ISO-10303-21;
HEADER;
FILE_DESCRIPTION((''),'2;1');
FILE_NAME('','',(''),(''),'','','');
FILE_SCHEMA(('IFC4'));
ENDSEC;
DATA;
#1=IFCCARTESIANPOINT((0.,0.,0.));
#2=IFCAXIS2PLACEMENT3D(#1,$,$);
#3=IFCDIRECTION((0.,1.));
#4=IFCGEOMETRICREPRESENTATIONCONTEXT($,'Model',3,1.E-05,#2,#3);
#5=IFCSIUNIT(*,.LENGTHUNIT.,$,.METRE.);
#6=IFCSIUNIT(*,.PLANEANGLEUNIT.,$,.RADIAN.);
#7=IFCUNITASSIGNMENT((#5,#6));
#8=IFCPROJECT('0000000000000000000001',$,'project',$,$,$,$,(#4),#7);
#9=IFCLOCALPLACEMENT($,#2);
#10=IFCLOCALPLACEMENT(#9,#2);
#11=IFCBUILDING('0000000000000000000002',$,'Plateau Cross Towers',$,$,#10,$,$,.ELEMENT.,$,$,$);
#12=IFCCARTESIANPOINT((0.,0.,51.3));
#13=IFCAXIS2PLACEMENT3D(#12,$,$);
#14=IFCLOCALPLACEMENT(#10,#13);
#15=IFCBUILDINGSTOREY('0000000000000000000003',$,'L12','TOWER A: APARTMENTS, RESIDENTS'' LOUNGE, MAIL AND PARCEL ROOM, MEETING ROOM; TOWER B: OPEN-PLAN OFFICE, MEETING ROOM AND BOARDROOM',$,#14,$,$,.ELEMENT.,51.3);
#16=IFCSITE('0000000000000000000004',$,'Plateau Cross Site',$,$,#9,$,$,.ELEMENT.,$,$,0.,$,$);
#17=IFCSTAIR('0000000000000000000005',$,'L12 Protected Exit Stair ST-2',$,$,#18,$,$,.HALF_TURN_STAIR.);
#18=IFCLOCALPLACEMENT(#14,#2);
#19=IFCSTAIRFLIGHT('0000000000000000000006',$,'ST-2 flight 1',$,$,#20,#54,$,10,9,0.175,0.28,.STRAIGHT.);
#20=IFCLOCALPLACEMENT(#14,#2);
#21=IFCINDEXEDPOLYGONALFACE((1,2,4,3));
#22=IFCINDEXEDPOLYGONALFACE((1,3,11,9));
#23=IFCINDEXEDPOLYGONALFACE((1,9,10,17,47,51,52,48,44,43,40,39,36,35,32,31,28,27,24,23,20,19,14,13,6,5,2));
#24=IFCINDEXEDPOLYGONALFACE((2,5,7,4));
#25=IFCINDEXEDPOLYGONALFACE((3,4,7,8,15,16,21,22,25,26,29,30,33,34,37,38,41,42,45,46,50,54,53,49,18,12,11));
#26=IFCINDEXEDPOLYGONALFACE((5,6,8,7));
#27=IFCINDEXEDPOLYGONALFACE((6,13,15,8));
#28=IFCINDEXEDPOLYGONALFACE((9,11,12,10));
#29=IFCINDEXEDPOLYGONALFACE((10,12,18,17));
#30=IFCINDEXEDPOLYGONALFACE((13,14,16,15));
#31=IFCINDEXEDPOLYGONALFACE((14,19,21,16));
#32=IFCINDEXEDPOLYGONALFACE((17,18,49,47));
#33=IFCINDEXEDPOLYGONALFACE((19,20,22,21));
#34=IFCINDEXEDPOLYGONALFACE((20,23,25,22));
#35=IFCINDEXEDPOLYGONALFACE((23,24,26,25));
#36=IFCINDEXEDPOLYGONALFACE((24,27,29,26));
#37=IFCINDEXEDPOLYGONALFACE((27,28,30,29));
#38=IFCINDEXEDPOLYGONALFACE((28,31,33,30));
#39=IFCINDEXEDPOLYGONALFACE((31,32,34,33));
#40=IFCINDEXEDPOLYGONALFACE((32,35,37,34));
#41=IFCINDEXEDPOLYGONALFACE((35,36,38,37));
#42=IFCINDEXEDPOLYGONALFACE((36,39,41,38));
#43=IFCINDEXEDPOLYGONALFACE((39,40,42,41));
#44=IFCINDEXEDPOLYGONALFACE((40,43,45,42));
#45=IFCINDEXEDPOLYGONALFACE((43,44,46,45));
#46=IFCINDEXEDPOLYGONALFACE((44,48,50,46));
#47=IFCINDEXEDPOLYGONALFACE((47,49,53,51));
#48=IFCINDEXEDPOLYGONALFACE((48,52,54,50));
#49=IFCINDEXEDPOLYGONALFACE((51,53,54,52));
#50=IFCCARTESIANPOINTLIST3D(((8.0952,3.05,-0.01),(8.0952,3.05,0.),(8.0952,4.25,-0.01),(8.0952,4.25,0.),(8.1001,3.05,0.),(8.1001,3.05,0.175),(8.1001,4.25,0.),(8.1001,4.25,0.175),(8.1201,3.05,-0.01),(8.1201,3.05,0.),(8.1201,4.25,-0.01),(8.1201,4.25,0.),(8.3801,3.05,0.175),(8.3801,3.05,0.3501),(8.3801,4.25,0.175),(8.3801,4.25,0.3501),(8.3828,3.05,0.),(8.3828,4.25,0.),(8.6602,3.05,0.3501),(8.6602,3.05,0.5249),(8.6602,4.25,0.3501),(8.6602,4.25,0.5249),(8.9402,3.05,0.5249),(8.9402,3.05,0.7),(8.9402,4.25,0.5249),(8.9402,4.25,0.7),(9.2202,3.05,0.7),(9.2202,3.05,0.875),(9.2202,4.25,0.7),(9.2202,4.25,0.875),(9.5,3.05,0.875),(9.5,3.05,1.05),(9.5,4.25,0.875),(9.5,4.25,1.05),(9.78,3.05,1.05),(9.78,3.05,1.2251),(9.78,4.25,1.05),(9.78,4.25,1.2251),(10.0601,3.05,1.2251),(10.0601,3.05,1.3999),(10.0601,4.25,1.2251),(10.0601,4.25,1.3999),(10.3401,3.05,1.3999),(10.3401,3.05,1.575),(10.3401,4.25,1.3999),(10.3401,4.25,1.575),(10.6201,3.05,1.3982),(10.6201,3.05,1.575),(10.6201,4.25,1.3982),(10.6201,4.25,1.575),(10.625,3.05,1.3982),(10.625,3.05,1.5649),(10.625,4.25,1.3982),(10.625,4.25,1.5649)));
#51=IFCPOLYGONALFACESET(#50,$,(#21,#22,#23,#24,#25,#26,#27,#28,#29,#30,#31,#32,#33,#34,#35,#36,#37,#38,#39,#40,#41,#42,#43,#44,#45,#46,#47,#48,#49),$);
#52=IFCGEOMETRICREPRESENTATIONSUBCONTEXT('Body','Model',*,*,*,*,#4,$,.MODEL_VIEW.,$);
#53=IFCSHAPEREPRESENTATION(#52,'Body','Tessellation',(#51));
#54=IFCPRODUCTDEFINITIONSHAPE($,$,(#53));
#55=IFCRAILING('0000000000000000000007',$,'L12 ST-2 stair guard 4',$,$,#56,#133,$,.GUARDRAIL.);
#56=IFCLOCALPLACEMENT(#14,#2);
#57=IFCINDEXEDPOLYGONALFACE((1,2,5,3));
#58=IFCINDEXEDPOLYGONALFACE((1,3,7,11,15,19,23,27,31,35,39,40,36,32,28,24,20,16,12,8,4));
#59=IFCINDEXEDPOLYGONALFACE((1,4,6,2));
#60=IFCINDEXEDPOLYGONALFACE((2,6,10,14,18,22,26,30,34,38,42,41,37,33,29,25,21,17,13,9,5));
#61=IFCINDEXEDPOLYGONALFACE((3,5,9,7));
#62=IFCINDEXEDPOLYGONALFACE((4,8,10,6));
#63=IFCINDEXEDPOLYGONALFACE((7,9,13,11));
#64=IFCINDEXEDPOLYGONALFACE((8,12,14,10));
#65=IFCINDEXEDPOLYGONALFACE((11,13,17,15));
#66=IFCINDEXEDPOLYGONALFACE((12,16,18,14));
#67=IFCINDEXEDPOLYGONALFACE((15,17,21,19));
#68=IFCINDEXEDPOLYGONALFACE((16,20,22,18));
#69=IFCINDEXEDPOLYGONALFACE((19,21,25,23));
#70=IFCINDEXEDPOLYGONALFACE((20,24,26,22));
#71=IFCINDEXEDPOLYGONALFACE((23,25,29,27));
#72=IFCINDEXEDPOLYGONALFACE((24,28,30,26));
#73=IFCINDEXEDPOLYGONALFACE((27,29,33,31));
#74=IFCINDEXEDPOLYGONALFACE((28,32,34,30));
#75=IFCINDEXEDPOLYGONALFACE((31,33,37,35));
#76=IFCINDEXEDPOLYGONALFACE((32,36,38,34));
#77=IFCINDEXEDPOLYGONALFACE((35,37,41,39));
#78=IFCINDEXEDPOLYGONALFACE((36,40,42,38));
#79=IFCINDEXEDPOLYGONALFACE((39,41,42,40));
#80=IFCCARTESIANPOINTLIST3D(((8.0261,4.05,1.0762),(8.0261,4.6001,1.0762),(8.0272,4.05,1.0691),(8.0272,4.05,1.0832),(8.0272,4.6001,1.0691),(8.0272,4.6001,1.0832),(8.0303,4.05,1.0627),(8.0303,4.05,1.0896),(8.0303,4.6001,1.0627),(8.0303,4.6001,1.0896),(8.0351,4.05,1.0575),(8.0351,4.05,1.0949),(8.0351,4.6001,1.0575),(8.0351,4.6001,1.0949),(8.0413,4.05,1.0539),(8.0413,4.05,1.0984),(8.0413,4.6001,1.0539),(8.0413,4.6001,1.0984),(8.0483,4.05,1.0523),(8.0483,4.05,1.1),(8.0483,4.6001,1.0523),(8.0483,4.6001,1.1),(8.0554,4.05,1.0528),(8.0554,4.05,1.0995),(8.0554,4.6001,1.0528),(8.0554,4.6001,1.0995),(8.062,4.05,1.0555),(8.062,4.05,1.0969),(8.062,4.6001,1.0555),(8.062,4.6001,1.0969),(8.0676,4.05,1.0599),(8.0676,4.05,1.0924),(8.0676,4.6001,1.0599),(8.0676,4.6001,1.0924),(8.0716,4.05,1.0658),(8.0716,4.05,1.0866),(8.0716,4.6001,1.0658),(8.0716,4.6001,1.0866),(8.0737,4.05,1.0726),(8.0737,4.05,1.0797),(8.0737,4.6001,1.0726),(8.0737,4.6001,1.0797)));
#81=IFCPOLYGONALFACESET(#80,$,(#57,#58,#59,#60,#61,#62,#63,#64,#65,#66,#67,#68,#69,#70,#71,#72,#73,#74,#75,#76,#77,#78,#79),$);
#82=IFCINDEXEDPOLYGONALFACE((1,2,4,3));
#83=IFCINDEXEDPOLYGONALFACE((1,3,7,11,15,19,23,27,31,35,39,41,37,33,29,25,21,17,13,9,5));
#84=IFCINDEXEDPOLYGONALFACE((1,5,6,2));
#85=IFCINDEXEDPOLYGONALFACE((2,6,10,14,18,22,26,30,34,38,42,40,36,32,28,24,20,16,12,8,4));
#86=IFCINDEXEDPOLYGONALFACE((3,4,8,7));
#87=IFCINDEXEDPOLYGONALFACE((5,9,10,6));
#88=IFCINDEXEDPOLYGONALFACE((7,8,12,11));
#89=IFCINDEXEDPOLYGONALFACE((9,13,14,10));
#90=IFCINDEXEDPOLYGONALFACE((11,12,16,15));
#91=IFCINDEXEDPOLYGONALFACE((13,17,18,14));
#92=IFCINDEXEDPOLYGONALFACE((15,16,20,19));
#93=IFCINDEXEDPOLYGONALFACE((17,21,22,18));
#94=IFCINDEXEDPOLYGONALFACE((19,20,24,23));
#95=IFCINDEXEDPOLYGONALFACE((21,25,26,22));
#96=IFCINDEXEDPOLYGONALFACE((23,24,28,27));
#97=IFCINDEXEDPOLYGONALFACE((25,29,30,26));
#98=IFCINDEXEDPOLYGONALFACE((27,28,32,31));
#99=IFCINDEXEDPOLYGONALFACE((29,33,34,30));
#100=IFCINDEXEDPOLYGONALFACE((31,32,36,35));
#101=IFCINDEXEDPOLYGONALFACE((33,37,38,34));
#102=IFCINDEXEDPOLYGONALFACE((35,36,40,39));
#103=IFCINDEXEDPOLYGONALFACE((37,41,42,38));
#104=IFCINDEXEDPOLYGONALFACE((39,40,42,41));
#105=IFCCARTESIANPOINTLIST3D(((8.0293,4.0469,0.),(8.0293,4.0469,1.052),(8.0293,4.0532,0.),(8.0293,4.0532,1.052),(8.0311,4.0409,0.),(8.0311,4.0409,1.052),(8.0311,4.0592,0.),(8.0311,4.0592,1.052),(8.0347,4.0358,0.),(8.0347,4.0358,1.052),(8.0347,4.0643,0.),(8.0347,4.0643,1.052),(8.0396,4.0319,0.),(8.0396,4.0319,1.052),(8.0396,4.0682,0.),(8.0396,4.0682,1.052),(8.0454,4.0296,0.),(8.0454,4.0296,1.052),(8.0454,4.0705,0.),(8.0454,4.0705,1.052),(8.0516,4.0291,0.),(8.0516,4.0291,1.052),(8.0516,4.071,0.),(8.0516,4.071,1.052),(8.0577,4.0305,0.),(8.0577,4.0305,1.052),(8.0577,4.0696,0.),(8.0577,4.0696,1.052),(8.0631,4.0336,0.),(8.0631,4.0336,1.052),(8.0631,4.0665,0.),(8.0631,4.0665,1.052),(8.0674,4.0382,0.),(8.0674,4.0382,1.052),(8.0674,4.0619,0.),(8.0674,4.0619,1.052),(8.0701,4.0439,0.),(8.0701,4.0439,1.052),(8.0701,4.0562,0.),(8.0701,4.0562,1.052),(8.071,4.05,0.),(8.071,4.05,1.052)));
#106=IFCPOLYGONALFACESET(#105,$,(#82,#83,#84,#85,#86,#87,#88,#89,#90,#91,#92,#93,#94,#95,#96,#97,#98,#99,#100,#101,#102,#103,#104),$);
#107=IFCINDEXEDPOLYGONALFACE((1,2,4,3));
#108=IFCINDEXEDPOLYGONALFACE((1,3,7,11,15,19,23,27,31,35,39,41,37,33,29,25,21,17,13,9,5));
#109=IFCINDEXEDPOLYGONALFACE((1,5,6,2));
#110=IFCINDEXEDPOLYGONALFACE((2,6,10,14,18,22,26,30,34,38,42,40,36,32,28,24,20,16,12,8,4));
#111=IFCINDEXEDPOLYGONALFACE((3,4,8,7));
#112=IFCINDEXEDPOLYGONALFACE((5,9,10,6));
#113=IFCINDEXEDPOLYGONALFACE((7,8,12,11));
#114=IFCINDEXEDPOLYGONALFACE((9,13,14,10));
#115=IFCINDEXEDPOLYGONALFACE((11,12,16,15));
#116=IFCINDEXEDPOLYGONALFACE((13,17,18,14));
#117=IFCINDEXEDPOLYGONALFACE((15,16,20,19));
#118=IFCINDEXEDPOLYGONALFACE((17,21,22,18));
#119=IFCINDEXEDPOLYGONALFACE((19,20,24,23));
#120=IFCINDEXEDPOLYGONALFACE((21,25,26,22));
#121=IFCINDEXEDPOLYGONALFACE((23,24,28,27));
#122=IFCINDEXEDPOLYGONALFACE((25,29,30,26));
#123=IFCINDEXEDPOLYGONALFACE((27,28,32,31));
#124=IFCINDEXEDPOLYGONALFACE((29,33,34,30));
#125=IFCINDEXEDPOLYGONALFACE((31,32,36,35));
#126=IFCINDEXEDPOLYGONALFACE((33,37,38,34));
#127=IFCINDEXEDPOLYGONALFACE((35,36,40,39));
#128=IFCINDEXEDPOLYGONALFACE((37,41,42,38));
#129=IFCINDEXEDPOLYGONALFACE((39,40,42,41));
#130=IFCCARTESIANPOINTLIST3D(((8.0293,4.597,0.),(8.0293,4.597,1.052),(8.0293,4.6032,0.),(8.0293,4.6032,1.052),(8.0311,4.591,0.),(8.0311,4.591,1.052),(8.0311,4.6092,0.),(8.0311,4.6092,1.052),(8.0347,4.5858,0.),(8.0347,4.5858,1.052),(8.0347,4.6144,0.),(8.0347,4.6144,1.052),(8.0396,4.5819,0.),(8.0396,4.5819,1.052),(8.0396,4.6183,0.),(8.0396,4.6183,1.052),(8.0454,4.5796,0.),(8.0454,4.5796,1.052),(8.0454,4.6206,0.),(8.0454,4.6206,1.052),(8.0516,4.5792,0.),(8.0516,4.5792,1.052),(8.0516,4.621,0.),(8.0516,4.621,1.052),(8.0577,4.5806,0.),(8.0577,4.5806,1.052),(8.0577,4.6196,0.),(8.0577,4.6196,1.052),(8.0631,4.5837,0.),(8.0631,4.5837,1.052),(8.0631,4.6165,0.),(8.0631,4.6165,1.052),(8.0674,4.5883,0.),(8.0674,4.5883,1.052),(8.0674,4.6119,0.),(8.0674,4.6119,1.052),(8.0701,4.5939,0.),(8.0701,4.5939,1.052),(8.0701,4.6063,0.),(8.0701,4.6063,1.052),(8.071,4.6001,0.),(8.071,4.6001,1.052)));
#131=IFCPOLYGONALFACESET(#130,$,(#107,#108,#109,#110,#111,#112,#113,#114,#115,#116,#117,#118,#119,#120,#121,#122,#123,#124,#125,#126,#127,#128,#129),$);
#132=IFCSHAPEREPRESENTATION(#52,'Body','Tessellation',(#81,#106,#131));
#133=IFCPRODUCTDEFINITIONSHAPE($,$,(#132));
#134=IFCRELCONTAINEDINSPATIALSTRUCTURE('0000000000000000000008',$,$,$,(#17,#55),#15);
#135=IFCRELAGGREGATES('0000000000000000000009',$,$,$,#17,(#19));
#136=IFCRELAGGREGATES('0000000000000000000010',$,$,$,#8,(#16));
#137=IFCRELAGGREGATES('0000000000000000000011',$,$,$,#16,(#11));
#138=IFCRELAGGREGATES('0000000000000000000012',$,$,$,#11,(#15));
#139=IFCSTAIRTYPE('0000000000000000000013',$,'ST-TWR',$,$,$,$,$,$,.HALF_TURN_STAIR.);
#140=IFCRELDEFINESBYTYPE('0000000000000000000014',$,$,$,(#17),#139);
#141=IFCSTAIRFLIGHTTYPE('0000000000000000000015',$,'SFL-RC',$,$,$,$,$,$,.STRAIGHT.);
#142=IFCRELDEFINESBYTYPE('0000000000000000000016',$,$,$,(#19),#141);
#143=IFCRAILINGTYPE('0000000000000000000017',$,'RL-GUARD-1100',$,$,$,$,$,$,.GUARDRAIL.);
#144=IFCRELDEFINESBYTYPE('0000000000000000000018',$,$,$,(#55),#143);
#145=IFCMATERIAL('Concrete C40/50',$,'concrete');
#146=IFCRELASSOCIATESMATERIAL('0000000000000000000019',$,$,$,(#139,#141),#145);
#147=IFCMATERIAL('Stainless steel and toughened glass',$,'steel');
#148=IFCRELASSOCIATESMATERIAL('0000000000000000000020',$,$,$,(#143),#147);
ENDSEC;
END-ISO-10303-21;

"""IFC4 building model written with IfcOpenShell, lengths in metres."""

from ifc_helpers import new_model, si_unit, direction, frame, origin, origin_2d, place, context, subcontext, project, spatial, polyline, circle, outline, extrude, material, type_object, element, aggregate, save


model = new_model("IFC4")

# Units and contexts
model_context = context("Model", 3, precision=1e-05, world=origin(), true_north=direction((0.0, 1.0)))
body_context = subcontext(model_context, "Body", "Model", "MODEL_VIEW")
ifc_project = project(units=[si_unit("LENGTHUNIT", "METRE"), si_unit("PLANEANGLEUNIT", "RADIAN")], contexts=[model_context])

# Site, building, storey
site_placement = place(None, origin())
site = spatial("IfcSite", under=ifc_project, at=site_placement, Name="Plateau Cross Site", CompositionType="ELEMENT", RefElevation=0.0)
building_placement = place(site_placement, origin())
building = spatial("IfcBuilding", under=site, at=building_placement, Name="Plateau Cross Towers", CompositionType="ELEMENT")
storey_placement = place(building_placement, frame((0.0, 0.0, 51.3)))
storey = spatial("IfcBuildingStorey", under=building, at=storey_placement, Name="L12", Description="TOWER A: APARTMENTS, RESIDENTS' LOUNGE, MAIL AND PARCEL ROOM, MEETING ROOM; TOWER B: OPEN-PLAN OFFICE, MEETING ROOM AND BOARDROOM", CompositionType="ELEMENT", Elevation=51.3)

# Stair, stair flight
ifc_material_1 = material(Name="Concrete C40/50", Category="concrete")
stair_type = type_object("IfcStairType", Name="ST-TWR", PredefinedType="HALF_TURN_STAIR", material=ifc_material_1)
stair_placement = place(storey_placement, origin())
stair = element("IfcStair", 1, at=stair_placement, inside=storey, type_object=stair_type, Name="L12 Protected Exit Stair ST-2", PredefinedType="HALF_TURN_STAIR")
stair_flight_type = type_object("IfcStairFlightType", Name="SFL-RC", PredefinedType="STRAIGHT", material=ifc_material_1)
stair_flight_placement = place(storey_placement, frame((8.1001, 3.6499, 0.0), z_axis=(0.0, 0.0, 1.0), x_axis=(1.0, 0.0, 0.0)))
stair_flight = element("IfcStairFlight", 2, at=stair_flight_placement, type_object=stair_flight_type, Name="ST-2 flight 1", NumberOfRisers=10, NumberOfTreads=9, PredefinedType="STRAIGHT", RiserHeight=0.175, TreadLength=0.28, context=body_context, shape_type="SweptSolid", body=[
    extrude(outline(polyline([(-0.0049, -0.01), (-0.0049, 0.0), (0.0, 0.0), (0.0, 0.175), (0.28, 0.175), (0.28, 0.3501), (0.5601, 0.3501), (0.5601, 0.5249), (0.8401, 0.5249), (0.8401, 0.7), (1.1201, 0.7), (1.1201, 0.875), (1.3999, 0.875), (1.3999, 1.05), (1.6799, 1.05), (1.6799, 1.2251), (1.96, 1.2251), (1.96, 1.3999), (2.24, 1.3999), (2.24, 1.575), (2.52, 1.575), (2.5249, 1.5649), (2.5249, 1.3982), (2.52, 1.3982), (0.2827, 0.0), (0.02, 0.0), (0.02, -0.01), (-0.0049, -0.01)])), frame((0.0, 0.6001, 0.0), z_axis=(0.0, -1.0, 0.0), x_axis=(1.0, 0.0, 0.0)), (0.0, 0.0, 1.0), 1.2),
])
aggregate(stair, [stair_flight])

# Railing
ifc_material_2 = material(Name="Stainless steel and toughened glass", Category="steel")
railing_type_1 = type_object("IfcRailingType", Name="RL-GUARD-1100", PredefinedType="GUARDRAIL", material=ifc_material_2)
railing_1_placement = place(storey_placement, frame((8.05, 4.05, 0.0)))
element("IfcRailing", 3, at=railing_1_placement, inside=storey, type_object=railing_type_1, Name="L12 ST-2 stair guard 4", PredefinedType="GUARDRAIL", context=body_context, shape_type="SweptSolid", body=[
    extrude(circle(Radius=0.0239, at=origin_2d()), frame((0.0, 0.0, 1.0762), z_axis=(0.0, 1.0, 0.0), x_axis=(-1.0, 0.0, 0.0)), (0.0, 0.0, 1.0), 0.55),
    extrude(circle(Radius=0.021, at=origin_2d()), origin(), (0.0, 0.0, 1.0), 1.052),
    extrude(circle(Radius=0.021, at=origin_2d()), frame((0.0, 0.55, 0.0)), (0.0, 0.0, 1.0), 1.052),
])

save(model, "model.ifc")
